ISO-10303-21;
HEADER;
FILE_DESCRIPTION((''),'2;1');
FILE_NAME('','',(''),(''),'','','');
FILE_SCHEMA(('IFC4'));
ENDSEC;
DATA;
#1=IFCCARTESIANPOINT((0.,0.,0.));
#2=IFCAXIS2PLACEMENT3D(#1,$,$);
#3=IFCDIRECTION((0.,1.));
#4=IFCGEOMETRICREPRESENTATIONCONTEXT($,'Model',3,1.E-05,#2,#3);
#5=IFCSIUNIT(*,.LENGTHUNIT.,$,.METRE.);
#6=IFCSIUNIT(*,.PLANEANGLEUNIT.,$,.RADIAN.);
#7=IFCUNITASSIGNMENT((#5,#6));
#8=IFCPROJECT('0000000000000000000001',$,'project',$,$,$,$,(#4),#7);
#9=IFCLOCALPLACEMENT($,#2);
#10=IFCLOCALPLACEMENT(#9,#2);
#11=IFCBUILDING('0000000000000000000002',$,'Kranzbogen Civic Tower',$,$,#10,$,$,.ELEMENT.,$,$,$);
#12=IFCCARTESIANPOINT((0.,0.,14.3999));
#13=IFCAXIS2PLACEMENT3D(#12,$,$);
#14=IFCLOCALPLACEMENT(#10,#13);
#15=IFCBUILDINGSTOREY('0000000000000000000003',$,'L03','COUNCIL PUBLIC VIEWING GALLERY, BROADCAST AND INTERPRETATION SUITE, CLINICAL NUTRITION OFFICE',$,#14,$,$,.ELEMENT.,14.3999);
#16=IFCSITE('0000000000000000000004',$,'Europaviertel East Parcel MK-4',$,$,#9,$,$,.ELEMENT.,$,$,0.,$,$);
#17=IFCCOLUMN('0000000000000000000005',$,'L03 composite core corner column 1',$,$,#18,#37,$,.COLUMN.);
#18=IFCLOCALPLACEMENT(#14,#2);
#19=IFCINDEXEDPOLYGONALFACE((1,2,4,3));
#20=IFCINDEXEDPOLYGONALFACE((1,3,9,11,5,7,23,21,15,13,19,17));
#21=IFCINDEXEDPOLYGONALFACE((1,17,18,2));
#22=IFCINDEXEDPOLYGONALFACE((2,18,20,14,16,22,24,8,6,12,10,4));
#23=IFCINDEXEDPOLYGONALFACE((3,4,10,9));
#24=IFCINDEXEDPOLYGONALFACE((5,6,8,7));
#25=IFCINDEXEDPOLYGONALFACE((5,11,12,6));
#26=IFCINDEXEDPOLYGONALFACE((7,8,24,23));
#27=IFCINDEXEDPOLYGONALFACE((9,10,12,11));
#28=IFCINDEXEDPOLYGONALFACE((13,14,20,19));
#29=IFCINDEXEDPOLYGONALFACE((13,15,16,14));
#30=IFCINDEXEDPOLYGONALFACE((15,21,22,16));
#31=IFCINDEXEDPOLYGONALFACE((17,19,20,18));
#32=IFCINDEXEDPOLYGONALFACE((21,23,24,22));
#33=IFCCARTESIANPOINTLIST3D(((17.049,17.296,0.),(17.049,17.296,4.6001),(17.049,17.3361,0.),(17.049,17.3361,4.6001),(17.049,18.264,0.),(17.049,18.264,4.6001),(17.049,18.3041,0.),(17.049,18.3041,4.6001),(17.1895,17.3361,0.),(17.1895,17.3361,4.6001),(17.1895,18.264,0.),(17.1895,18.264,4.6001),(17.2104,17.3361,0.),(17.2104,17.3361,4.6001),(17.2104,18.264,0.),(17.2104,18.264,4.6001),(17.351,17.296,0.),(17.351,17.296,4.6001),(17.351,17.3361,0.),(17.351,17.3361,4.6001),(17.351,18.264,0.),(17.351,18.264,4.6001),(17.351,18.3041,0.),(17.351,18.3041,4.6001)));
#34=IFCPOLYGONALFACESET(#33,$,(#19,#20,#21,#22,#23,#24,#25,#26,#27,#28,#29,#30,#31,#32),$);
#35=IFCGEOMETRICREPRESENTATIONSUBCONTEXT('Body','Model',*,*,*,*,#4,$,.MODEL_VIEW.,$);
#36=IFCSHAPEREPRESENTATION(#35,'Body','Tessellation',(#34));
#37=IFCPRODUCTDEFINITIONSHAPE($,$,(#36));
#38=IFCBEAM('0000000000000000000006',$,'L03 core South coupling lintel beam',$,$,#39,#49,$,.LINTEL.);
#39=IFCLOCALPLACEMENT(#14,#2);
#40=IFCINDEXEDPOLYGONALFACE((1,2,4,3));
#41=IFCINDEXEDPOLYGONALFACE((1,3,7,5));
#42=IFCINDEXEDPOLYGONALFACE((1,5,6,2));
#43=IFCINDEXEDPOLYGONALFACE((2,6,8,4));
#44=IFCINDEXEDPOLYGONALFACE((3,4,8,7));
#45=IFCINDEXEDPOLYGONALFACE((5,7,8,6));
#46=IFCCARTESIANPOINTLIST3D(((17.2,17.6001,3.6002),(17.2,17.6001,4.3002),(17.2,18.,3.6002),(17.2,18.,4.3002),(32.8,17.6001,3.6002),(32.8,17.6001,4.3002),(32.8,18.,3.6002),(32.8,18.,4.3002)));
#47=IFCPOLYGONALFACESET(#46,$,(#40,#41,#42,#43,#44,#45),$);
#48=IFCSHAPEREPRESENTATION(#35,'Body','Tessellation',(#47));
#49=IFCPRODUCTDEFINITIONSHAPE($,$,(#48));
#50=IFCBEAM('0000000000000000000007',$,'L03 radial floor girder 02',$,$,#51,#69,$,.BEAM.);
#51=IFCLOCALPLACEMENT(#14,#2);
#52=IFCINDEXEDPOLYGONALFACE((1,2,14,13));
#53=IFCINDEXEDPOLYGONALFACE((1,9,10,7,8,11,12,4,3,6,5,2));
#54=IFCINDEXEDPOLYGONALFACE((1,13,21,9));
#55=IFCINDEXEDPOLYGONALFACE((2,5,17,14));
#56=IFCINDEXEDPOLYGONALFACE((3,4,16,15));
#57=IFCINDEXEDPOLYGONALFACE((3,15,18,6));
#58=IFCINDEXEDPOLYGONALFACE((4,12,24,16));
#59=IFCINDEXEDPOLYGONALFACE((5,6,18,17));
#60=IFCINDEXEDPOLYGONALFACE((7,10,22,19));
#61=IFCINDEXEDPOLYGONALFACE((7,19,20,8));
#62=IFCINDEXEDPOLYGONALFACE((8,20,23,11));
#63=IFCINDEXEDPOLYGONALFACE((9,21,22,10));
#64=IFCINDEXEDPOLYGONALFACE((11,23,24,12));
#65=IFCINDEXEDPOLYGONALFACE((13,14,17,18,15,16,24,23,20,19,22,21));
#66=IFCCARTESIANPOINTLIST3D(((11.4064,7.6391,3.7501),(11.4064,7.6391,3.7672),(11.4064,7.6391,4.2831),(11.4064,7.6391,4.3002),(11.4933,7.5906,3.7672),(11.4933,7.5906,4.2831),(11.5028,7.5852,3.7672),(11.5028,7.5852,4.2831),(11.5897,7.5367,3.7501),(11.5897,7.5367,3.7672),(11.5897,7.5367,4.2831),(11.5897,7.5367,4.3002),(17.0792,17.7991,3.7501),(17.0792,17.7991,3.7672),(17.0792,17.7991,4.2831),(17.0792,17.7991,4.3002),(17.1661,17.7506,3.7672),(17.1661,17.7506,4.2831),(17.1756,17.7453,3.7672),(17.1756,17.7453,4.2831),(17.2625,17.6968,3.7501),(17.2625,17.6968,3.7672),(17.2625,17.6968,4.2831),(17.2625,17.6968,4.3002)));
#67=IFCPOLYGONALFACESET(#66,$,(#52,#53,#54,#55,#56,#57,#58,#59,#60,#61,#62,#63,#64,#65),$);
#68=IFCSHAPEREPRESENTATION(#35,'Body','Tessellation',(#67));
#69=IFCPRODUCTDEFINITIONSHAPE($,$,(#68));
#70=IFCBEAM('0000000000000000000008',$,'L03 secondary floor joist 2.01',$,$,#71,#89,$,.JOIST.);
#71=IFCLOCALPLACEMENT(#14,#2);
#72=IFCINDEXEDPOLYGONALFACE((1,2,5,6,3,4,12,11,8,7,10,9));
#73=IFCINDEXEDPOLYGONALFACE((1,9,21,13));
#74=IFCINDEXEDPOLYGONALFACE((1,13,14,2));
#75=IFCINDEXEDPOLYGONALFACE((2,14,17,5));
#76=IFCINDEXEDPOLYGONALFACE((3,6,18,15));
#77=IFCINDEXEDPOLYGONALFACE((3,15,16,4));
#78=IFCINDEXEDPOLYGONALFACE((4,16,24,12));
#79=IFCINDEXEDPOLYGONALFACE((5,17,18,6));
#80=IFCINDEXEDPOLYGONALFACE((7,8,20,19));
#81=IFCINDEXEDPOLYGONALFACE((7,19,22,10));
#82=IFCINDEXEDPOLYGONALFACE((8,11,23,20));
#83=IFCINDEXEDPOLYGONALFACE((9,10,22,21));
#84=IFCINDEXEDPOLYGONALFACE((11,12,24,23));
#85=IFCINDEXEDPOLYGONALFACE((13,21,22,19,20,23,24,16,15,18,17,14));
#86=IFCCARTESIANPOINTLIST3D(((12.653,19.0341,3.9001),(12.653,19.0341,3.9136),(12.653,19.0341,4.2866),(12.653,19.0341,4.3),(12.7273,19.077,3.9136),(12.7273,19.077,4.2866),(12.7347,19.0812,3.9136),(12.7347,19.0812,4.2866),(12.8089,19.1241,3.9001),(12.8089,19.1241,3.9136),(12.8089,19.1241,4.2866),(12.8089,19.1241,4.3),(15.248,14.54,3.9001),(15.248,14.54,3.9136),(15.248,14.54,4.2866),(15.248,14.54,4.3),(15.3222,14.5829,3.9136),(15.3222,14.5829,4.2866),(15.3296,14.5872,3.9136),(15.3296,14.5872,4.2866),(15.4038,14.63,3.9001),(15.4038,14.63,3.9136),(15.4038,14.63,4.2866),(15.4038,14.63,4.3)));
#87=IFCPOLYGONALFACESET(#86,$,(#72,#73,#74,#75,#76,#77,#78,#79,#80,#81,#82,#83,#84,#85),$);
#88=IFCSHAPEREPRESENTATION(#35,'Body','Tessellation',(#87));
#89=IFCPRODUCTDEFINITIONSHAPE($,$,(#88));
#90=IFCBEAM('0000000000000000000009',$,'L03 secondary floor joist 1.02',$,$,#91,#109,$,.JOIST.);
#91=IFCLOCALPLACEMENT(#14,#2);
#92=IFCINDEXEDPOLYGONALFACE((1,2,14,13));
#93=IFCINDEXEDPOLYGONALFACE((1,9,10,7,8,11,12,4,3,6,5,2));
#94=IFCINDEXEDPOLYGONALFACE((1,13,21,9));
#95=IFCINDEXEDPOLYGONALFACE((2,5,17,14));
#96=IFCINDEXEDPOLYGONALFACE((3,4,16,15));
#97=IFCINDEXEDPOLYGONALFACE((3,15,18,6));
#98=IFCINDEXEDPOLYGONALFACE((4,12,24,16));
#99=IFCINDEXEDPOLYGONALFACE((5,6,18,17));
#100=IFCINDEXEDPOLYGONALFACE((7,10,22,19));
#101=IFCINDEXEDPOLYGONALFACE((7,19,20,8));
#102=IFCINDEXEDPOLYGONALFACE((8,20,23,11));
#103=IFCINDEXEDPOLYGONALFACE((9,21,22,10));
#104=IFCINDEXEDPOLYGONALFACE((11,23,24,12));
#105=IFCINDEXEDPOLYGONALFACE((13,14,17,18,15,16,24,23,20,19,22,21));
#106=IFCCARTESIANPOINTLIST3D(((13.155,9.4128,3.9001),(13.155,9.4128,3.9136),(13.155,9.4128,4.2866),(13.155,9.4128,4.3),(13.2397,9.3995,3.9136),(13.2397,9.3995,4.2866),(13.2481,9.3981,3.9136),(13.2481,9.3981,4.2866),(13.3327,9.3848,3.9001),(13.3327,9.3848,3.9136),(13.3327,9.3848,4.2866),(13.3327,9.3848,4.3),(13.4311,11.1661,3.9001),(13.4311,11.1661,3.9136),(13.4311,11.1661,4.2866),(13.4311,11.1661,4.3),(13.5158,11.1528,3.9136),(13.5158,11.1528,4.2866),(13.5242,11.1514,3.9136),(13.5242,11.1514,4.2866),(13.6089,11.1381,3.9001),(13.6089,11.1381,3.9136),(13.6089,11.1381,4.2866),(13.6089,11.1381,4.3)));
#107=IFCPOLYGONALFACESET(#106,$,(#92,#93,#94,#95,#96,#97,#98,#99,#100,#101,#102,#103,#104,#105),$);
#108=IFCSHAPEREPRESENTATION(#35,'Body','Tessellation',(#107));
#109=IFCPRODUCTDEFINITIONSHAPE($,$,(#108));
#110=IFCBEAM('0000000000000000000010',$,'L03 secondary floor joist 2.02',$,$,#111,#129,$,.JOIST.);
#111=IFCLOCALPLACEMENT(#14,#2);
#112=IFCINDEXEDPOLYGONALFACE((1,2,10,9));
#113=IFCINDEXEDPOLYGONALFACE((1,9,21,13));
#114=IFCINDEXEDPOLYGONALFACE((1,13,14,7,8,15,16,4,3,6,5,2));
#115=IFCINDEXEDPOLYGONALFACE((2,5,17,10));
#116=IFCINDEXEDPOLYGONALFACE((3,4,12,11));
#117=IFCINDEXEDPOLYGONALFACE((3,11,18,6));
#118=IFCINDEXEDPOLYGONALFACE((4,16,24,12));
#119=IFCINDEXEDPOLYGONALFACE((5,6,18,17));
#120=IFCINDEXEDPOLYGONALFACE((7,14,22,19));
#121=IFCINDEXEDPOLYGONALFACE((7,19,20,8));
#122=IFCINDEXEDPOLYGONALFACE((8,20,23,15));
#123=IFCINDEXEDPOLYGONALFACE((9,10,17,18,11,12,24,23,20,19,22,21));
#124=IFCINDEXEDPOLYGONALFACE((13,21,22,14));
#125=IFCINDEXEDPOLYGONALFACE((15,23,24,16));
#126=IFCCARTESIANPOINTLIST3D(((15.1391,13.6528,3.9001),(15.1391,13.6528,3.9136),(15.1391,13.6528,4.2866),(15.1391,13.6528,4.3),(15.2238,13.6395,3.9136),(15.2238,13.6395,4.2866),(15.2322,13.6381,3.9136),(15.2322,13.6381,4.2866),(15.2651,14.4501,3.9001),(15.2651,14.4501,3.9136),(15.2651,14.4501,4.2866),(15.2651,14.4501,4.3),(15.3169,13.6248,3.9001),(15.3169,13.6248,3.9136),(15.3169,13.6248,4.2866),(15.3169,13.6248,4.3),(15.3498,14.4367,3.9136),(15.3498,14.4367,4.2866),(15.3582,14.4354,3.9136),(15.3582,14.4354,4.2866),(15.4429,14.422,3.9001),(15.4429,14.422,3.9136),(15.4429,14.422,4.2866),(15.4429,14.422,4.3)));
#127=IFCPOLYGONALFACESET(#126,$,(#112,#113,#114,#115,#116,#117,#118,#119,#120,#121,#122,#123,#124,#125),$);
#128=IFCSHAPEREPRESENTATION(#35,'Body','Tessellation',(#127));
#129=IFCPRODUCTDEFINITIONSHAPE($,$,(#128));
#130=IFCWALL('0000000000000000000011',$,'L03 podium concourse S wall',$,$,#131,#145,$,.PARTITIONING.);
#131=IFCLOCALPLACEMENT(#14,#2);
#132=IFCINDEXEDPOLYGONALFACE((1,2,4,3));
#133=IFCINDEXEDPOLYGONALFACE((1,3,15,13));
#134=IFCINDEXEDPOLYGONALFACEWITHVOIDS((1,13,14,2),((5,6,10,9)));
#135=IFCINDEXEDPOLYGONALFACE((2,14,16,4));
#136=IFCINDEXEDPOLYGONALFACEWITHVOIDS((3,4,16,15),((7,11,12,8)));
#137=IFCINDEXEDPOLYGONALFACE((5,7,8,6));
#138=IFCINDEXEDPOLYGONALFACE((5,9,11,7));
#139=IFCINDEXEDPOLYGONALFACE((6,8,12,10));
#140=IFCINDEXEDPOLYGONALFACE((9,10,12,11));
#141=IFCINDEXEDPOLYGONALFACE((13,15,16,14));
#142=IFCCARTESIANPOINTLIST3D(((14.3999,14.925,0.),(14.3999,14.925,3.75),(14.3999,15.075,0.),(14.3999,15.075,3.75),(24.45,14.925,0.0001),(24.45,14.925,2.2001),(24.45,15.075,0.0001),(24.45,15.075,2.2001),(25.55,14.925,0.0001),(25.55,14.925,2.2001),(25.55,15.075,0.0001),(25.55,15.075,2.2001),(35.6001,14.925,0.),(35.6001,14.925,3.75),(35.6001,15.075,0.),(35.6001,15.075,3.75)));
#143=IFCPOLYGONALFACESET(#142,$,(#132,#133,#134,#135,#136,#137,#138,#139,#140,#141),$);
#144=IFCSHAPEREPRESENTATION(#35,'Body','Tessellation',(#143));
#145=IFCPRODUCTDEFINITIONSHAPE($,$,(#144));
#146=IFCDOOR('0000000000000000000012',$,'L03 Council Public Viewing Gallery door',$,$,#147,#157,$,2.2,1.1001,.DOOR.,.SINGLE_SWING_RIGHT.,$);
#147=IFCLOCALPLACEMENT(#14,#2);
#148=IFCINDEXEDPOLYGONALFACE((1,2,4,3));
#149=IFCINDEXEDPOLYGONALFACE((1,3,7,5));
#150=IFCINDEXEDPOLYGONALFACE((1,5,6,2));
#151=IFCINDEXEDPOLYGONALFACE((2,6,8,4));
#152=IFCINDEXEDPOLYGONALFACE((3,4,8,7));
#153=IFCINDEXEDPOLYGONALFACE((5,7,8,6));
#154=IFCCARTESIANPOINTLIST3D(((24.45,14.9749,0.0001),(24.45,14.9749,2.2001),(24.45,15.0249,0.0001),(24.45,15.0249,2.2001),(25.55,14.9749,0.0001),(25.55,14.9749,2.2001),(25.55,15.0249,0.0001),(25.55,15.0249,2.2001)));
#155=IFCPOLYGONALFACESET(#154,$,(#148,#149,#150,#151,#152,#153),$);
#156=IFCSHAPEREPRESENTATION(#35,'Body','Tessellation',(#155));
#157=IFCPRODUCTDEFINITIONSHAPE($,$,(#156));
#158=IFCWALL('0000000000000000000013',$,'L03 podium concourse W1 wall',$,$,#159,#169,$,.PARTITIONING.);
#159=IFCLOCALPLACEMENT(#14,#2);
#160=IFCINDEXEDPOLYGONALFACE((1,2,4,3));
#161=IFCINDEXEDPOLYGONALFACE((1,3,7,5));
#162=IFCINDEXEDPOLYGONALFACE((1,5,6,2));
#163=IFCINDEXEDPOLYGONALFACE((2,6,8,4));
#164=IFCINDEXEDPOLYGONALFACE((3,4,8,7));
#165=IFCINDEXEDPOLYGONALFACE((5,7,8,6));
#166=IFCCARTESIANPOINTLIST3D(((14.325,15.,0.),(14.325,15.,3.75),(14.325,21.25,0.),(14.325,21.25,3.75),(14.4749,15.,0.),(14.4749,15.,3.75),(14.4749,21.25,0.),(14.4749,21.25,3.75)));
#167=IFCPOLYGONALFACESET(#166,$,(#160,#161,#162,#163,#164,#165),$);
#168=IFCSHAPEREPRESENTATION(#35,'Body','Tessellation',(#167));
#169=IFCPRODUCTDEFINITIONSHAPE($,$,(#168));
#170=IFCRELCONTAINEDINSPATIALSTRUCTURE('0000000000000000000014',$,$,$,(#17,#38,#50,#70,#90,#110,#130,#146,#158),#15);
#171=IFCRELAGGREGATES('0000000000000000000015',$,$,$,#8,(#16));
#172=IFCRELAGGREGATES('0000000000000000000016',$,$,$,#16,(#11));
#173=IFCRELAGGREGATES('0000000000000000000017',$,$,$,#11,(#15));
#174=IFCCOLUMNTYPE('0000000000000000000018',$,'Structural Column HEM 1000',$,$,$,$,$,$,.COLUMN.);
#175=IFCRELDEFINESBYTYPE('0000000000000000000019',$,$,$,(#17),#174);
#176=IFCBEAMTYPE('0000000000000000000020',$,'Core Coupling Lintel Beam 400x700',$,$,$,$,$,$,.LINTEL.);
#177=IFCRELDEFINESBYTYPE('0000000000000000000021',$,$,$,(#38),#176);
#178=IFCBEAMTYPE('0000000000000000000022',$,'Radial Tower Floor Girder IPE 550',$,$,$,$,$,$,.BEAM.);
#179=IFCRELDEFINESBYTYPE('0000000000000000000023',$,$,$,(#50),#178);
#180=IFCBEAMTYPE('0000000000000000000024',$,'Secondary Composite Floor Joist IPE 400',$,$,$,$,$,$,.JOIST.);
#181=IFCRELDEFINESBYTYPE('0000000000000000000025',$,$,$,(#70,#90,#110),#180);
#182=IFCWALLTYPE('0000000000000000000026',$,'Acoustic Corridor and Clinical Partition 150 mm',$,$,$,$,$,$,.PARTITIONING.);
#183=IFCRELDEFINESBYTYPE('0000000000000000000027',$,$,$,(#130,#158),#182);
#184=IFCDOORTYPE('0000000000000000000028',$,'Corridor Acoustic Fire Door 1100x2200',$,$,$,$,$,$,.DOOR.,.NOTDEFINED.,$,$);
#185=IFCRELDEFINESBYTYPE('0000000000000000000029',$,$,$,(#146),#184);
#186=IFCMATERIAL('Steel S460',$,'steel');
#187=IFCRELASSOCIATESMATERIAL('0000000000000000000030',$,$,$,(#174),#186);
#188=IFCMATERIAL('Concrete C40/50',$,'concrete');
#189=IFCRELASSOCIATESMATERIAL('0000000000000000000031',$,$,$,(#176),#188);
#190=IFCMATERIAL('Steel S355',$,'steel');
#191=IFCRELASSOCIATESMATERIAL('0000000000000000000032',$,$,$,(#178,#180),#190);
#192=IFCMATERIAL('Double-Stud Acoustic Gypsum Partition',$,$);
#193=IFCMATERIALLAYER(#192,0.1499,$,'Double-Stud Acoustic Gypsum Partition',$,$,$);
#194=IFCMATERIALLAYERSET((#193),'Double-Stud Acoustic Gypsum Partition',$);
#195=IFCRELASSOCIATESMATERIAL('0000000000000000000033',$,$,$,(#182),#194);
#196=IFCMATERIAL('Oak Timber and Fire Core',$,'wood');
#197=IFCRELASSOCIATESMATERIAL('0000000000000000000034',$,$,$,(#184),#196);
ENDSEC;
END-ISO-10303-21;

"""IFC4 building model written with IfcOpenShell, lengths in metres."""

from ifc_helpers import new_model, si_unit, direction, frame, frame_2d, origin, origin_2d, place, context, subcontext, project, spatial, rectangle, i_section, extrude, material, layer, layer_set, material_profile, profile_set, type_object, element, fill, save


model = new_model("IFC4")

# Units and contexts
model_context = context("Model", 3, precision=1e-05, world=origin(), true_north=direction((0.0, 1.0)))
body_context = subcontext(model_context, "Body", "Model", "MODEL_VIEW")
ifc_project = project(units=[si_unit("LENGTHUNIT", "METRE"), si_unit("PLANEANGLEUNIT", "RADIAN")], contexts=[model_context])

# Site, building, storey
site_placement = place(None, origin())
site = spatial("IfcSite", under=ifc_project, at=site_placement, Name="Europaviertel East Parcel MK-4", CompositionType="ELEMENT", RefElevation=0.0)
building_placement = place(site_placement, origin())
building = spatial("IfcBuilding", under=site, at=building_placement, Name="Kranzbogen Civic Tower", CompositionType="ELEMENT")
storey_placement = place(building_placement, frame((0.0, 0.0, 14.3999)))
storey = spatial("IfcBuildingStorey", under=building, at=storey_placement, Name="L03", Description="COUNCIL PUBLIC VIEWING GALLERY, BROADCAST AND INTERPRETATION SUITE, CLINICAL NUTRITION OFFICE", CompositionType="ELEMENT", Elevation=14.3999)

# Column
ifc_material_1 = material(Name="Steel S460", Category="steel")
ifc_material_profile_1 = material_profile(ifc_material_1, i_section(OverallWidth=0.302, OverallDepth=1.0081, WebThickness=0.021, FlangeThickness=0.04, at=origin_2d()), Name="HEM 1000")
ifc_profile_set_1 = profile_set([ifc_material_profile_1], Name="Steel S460")
column_type = type_object("IfcColumnType", Name="Structural Column HEM 1000", PredefinedType="COLUMN", material=ifc_profile_set_1)
column_placement = place(storey_placement, frame((17.2, 17.8, 0.0), z_axis=(0.0, 0.0, 1.0), x_axis=(1.0, 0.0, 0.0)))
element("IfcColumn", 1, at=column_placement, inside=storey, type_object=column_type, Name="L03 composite core corner column 1", PredefinedType="COLUMN", context=body_context, shape_type="SweptSolid", body=[
    extrude(i_section(OverallWidth=0.302, OverallDepth=1.0081, WebThickness=0.021, FlangeThickness=0.04, at=origin_2d()), origin(), (0.0, 0.0, 1.0), 4.6001),
])

# Beams
ifc_material_2 = material(Name="Concrete C40/50", Category="concrete")
ifc_material_profile_2 = material_profile(ifc_material_2, rectangle(XDim=0.3999, YDim=0.7, at=origin_2d()), Name="RC-BM 400x700")
ifc_profile_set_2 = profile_set([ifc_material_profile_2], Name="Concrete C40/50")
beam_type_1 = type_object("IfcBeamType", Name="Core Coupling Lintel Beam 400x700", PredefinedType="LINTEL", material=ifc_profile_set_2)
beam_1_placement = place(storey_placement, frame((17.2, 17.8, 3.9502), z_axis=(1.0, 0.0, 0.0), x_axis=(0.0, 1.0, 0.0)))
element("IfcBeam", 2, at=beam_1_placement, inside=storey, type_object=beam_type_1, Name="L03 core South coupling lintel beam", PredefinedType="LINTEL", context=body_context, shape_type="SweptSolid", body=[
    extrude(rectangle(XDim=0.3999, YDim=0.7, at=origin_2d()), origin(), (0.0, 0.0, 1.0), 15.6001),
])
ifc_material_3 = material(Name="Steel S355", Category="steel")
ifc_material_profile_3 = material_profile(ifc_material_3, i_section(OverallWidth=0.21, OverallDepth=0.55, WebThickness=0.011, FlangeThickness=0.0171, at=origin_2d()), Name="IPE 550")
ifc_profile_set_3 = profile_set([ifc_material_profile_3], Name="Steel S355")
beam_type_2 = type_object("IfcBeamType", Name="Radial Tower Floor Girder IPE 550", PredefinedType="BEAM", material=ifc_profile_set_3)
beam_2_placement = place(storey_placement, frame((11.498, 7.5879, 4.0251), z_axis=(0.487502, 0.873122, 0.0), x_axis=(-0.873122, 0.487502, 0.0)))
element("IfcBeam", 3, at=beam_2_placement, inside=storey, type_object=beam_type_2, Name="L03 radial floor girder 02", PredefinedType="BEAM", context=body_context, shape_type="SweptSolid", body=[
    extrude(i_section(OverallWidth=0.21, OverallDepth=0.55, WebThickness=0.011, FlangeThickness=0.0171, at=origin_2d()), origin(), (0.0, 0.0, 1.0), 11.6365),
])
ifc_material_profile_4 = material_profile(ifc_material_3, i_section(OverallWidth=0.1799, OverallDepth=0.3999, WebThickness=0.0085, FlangeThickness=0.0134, at=origin_2d()), Name="IPE 400")
ifc_profile_set_4 = profile_set([ifc_material_profile_4], Name="Steel S355")
beam_type_3 = type_object("IfcBeamType", Name="Secondary Composite Floor Joist IPE 400", PredefinedType="JOIST", material=ifc_profile_set_4)
beam_3_placement = place(storey_placement, frame((12.731, 19.0791, 4.1001), z_axis=(0.50004, -0.866002, 0.0), x_axis=(0.866002, 0.50004, 0.0)))
element("IfcBeam", 4, at=beam_3_placement, inside=storey, type_object=beam_type_3, Name="L03 secondary floor joist 2.01", PredefinedType="JOIST", context=body_context, shape_type="SweptSolid", body=[
    extrude(i_section(OverallWidth=0.1799, OverallDepth=0.3999, WebThickness=0.0085, FlangeThickness=0.0134, at=origin_2d()), origin(), (0.0, 0.0, 1.0), 5.1895),
])
beam_4_placement = place(storey_placement, frame((13.52, 11.1521, 4.1001), z_axis=(-0.155581, -0.987823, 0.0), x_axis=(0.987823, -0.155581, 0.0)))
element("IfcBeam", 5, at=beam_4_placement, inside=storey, type_object=beam_type_3, Name="L03 secondary floor joist 1.02", PredefinedType="JOIST", context=body_context, shape_type="SweptSolid", body=[
    extrude(i_section(OverallWidth=0.1799, OverallDepth=0.3999, WebThickness=0.0085, FlangeThickness=0.0134, at=origin_2d()), origin(), (0.0, 0.0, 1.0), 1.7749),
])
beam_5_placement = place(storey_placement, frame((15.354, 14.436, 4.1001), z_axis=(-0.156102, -0.987741, 0.0), x_axis=(0.987741, -0.156102, 0.0)))
element("IfcBeam", 6, at=beam_5_placement, inside=storey, type_object=beam_type_3, Name="L03 secondary floor joist 2.02", PredefinedType="JOIST", context=body_context, shape_type="SweptSolid", body=[
    extrude(i_section(OverallWidth=0.1799, OverallDepth=0.3999, WebThickness=0.0085, FlangeThickness=0.0134, at=origin_2d()), origin(), (0.0, 0.0, 1.0), 0.8071),
])

# Wall, opening, door
ifc_material_4 = material(Name="Double-Stud Acoustic Gypsum Partition")
ifc_layer_1 = layer(ifc_material_4, 0.1499, Name="Double-Stud Acoustic Gypsum Partition")
ifc_layer_set_1 = layer_set([ifc_layer_1], Name="Double-Stud Acoustic Gypsum Partition")
wall_type_1 = type_object("IfcWallType", Name="Acoustic Corridor and Clinical Partition 150 mm", PredefinedType="PARTITIONING", material=ifc_layer_set_1)
wall_1_placement = place(storey_placement, frame((14.3999, 15.0, 0.0), z_axis=(0.0, 0.0, 1.0), x_axis=(1.0, 0.0, 0.0)))
wall_1 = element("IfcWall", 7, at=wall_1_placement, inside=storey, type_object=wall_type_1, Name="L03 podium concourse S wall", PredefinedType="PARTITIONING", context=body_context, shape_type="SweptSolid", body=[
    extrude(rectangle(XDim=21.2002, YDim=0.1499, at=frame_2d((10.6001, 0.0))), origin(), (0.0, 0.0, 1.0), 3.75),
])
opening_1_placement = place(wall_1_placement, frame((10.05, 0.0, 0.0)))
opening_1 = element("IfcOpeningElement", 8, at=opening_1_placement, cuts=wall_1, PredefinedType="OPENING", context=body_context, shape_type="SweptSolid", body=[
    extrude(rectangle(XDim=1.1001, YDim=2.2, at=frame_2d((0.55, 1.1001))), frame((0.0, 0.085, 0.0), z_axis=(0.0, -1.0, 0.0), x_axis=(1.0, 0.0, 0.0)), (0.0, 0.0, 1.0), 0.1699),
])
ifc_material_5 = material(Name="Oak Timber and Fire Core", Category="wood")
door_type_1 = type_object("IfcDoorType", Name="Corridor Acoustic Fire Door 1100x2200", OperationType="NOTDEFINED", PredefinedType="DOOR", material=ifc_material_5)
door_1_placement = place(opening_1_placement, origin())
door_1 = element("IfcDoor", 9, at=door_1_placement, inside=storey, type_object=door_type_1, Name="L03 Council Public Viewing Gallery door", OperationType="SINGLE_SWING_RIGHT", OverallHeight=2.2, OverallWidth=1.1001, PredefinedType="DOOR", context=body_context, shape_type="SweptSolid", body=[
    extrude(rectangle(XDim=1.1001, YDim=2.2, at=frame_2d((0.55, 1.1001))), frame((0.0, 0.0249, 0.0), z_axis=(0.0, -1.0, 0.0), x_axis=(1.0, 0.0, 0.0)), (0.0, 0.0, 1.0), 0.05),
])
fill(opening_1, door_1)

# Wall
wall_2_placement = place(storey_placement, frame((14.3999, 15.0, 0.0), z_axis=(0.0, 0.0, 1.0), x_axis=(0.0, 1.0, 0.0)))
element("IfcWall", 10, at=wall_2_placement, inside=storey, type_object=wall_type_1, Name="L03 podium concourse W1 wall", PredefinedType="PARTITIONING", context=body_context, shape_type="SweptSolid", body=[
    extrude(rectangle(XDim=6.25, YDim=0.1499, at=frame_2d((3.125, 0.0))), origin(), (0.0, 0.0, 1.0), 3.75),
])

save(model, "model.ifc")
